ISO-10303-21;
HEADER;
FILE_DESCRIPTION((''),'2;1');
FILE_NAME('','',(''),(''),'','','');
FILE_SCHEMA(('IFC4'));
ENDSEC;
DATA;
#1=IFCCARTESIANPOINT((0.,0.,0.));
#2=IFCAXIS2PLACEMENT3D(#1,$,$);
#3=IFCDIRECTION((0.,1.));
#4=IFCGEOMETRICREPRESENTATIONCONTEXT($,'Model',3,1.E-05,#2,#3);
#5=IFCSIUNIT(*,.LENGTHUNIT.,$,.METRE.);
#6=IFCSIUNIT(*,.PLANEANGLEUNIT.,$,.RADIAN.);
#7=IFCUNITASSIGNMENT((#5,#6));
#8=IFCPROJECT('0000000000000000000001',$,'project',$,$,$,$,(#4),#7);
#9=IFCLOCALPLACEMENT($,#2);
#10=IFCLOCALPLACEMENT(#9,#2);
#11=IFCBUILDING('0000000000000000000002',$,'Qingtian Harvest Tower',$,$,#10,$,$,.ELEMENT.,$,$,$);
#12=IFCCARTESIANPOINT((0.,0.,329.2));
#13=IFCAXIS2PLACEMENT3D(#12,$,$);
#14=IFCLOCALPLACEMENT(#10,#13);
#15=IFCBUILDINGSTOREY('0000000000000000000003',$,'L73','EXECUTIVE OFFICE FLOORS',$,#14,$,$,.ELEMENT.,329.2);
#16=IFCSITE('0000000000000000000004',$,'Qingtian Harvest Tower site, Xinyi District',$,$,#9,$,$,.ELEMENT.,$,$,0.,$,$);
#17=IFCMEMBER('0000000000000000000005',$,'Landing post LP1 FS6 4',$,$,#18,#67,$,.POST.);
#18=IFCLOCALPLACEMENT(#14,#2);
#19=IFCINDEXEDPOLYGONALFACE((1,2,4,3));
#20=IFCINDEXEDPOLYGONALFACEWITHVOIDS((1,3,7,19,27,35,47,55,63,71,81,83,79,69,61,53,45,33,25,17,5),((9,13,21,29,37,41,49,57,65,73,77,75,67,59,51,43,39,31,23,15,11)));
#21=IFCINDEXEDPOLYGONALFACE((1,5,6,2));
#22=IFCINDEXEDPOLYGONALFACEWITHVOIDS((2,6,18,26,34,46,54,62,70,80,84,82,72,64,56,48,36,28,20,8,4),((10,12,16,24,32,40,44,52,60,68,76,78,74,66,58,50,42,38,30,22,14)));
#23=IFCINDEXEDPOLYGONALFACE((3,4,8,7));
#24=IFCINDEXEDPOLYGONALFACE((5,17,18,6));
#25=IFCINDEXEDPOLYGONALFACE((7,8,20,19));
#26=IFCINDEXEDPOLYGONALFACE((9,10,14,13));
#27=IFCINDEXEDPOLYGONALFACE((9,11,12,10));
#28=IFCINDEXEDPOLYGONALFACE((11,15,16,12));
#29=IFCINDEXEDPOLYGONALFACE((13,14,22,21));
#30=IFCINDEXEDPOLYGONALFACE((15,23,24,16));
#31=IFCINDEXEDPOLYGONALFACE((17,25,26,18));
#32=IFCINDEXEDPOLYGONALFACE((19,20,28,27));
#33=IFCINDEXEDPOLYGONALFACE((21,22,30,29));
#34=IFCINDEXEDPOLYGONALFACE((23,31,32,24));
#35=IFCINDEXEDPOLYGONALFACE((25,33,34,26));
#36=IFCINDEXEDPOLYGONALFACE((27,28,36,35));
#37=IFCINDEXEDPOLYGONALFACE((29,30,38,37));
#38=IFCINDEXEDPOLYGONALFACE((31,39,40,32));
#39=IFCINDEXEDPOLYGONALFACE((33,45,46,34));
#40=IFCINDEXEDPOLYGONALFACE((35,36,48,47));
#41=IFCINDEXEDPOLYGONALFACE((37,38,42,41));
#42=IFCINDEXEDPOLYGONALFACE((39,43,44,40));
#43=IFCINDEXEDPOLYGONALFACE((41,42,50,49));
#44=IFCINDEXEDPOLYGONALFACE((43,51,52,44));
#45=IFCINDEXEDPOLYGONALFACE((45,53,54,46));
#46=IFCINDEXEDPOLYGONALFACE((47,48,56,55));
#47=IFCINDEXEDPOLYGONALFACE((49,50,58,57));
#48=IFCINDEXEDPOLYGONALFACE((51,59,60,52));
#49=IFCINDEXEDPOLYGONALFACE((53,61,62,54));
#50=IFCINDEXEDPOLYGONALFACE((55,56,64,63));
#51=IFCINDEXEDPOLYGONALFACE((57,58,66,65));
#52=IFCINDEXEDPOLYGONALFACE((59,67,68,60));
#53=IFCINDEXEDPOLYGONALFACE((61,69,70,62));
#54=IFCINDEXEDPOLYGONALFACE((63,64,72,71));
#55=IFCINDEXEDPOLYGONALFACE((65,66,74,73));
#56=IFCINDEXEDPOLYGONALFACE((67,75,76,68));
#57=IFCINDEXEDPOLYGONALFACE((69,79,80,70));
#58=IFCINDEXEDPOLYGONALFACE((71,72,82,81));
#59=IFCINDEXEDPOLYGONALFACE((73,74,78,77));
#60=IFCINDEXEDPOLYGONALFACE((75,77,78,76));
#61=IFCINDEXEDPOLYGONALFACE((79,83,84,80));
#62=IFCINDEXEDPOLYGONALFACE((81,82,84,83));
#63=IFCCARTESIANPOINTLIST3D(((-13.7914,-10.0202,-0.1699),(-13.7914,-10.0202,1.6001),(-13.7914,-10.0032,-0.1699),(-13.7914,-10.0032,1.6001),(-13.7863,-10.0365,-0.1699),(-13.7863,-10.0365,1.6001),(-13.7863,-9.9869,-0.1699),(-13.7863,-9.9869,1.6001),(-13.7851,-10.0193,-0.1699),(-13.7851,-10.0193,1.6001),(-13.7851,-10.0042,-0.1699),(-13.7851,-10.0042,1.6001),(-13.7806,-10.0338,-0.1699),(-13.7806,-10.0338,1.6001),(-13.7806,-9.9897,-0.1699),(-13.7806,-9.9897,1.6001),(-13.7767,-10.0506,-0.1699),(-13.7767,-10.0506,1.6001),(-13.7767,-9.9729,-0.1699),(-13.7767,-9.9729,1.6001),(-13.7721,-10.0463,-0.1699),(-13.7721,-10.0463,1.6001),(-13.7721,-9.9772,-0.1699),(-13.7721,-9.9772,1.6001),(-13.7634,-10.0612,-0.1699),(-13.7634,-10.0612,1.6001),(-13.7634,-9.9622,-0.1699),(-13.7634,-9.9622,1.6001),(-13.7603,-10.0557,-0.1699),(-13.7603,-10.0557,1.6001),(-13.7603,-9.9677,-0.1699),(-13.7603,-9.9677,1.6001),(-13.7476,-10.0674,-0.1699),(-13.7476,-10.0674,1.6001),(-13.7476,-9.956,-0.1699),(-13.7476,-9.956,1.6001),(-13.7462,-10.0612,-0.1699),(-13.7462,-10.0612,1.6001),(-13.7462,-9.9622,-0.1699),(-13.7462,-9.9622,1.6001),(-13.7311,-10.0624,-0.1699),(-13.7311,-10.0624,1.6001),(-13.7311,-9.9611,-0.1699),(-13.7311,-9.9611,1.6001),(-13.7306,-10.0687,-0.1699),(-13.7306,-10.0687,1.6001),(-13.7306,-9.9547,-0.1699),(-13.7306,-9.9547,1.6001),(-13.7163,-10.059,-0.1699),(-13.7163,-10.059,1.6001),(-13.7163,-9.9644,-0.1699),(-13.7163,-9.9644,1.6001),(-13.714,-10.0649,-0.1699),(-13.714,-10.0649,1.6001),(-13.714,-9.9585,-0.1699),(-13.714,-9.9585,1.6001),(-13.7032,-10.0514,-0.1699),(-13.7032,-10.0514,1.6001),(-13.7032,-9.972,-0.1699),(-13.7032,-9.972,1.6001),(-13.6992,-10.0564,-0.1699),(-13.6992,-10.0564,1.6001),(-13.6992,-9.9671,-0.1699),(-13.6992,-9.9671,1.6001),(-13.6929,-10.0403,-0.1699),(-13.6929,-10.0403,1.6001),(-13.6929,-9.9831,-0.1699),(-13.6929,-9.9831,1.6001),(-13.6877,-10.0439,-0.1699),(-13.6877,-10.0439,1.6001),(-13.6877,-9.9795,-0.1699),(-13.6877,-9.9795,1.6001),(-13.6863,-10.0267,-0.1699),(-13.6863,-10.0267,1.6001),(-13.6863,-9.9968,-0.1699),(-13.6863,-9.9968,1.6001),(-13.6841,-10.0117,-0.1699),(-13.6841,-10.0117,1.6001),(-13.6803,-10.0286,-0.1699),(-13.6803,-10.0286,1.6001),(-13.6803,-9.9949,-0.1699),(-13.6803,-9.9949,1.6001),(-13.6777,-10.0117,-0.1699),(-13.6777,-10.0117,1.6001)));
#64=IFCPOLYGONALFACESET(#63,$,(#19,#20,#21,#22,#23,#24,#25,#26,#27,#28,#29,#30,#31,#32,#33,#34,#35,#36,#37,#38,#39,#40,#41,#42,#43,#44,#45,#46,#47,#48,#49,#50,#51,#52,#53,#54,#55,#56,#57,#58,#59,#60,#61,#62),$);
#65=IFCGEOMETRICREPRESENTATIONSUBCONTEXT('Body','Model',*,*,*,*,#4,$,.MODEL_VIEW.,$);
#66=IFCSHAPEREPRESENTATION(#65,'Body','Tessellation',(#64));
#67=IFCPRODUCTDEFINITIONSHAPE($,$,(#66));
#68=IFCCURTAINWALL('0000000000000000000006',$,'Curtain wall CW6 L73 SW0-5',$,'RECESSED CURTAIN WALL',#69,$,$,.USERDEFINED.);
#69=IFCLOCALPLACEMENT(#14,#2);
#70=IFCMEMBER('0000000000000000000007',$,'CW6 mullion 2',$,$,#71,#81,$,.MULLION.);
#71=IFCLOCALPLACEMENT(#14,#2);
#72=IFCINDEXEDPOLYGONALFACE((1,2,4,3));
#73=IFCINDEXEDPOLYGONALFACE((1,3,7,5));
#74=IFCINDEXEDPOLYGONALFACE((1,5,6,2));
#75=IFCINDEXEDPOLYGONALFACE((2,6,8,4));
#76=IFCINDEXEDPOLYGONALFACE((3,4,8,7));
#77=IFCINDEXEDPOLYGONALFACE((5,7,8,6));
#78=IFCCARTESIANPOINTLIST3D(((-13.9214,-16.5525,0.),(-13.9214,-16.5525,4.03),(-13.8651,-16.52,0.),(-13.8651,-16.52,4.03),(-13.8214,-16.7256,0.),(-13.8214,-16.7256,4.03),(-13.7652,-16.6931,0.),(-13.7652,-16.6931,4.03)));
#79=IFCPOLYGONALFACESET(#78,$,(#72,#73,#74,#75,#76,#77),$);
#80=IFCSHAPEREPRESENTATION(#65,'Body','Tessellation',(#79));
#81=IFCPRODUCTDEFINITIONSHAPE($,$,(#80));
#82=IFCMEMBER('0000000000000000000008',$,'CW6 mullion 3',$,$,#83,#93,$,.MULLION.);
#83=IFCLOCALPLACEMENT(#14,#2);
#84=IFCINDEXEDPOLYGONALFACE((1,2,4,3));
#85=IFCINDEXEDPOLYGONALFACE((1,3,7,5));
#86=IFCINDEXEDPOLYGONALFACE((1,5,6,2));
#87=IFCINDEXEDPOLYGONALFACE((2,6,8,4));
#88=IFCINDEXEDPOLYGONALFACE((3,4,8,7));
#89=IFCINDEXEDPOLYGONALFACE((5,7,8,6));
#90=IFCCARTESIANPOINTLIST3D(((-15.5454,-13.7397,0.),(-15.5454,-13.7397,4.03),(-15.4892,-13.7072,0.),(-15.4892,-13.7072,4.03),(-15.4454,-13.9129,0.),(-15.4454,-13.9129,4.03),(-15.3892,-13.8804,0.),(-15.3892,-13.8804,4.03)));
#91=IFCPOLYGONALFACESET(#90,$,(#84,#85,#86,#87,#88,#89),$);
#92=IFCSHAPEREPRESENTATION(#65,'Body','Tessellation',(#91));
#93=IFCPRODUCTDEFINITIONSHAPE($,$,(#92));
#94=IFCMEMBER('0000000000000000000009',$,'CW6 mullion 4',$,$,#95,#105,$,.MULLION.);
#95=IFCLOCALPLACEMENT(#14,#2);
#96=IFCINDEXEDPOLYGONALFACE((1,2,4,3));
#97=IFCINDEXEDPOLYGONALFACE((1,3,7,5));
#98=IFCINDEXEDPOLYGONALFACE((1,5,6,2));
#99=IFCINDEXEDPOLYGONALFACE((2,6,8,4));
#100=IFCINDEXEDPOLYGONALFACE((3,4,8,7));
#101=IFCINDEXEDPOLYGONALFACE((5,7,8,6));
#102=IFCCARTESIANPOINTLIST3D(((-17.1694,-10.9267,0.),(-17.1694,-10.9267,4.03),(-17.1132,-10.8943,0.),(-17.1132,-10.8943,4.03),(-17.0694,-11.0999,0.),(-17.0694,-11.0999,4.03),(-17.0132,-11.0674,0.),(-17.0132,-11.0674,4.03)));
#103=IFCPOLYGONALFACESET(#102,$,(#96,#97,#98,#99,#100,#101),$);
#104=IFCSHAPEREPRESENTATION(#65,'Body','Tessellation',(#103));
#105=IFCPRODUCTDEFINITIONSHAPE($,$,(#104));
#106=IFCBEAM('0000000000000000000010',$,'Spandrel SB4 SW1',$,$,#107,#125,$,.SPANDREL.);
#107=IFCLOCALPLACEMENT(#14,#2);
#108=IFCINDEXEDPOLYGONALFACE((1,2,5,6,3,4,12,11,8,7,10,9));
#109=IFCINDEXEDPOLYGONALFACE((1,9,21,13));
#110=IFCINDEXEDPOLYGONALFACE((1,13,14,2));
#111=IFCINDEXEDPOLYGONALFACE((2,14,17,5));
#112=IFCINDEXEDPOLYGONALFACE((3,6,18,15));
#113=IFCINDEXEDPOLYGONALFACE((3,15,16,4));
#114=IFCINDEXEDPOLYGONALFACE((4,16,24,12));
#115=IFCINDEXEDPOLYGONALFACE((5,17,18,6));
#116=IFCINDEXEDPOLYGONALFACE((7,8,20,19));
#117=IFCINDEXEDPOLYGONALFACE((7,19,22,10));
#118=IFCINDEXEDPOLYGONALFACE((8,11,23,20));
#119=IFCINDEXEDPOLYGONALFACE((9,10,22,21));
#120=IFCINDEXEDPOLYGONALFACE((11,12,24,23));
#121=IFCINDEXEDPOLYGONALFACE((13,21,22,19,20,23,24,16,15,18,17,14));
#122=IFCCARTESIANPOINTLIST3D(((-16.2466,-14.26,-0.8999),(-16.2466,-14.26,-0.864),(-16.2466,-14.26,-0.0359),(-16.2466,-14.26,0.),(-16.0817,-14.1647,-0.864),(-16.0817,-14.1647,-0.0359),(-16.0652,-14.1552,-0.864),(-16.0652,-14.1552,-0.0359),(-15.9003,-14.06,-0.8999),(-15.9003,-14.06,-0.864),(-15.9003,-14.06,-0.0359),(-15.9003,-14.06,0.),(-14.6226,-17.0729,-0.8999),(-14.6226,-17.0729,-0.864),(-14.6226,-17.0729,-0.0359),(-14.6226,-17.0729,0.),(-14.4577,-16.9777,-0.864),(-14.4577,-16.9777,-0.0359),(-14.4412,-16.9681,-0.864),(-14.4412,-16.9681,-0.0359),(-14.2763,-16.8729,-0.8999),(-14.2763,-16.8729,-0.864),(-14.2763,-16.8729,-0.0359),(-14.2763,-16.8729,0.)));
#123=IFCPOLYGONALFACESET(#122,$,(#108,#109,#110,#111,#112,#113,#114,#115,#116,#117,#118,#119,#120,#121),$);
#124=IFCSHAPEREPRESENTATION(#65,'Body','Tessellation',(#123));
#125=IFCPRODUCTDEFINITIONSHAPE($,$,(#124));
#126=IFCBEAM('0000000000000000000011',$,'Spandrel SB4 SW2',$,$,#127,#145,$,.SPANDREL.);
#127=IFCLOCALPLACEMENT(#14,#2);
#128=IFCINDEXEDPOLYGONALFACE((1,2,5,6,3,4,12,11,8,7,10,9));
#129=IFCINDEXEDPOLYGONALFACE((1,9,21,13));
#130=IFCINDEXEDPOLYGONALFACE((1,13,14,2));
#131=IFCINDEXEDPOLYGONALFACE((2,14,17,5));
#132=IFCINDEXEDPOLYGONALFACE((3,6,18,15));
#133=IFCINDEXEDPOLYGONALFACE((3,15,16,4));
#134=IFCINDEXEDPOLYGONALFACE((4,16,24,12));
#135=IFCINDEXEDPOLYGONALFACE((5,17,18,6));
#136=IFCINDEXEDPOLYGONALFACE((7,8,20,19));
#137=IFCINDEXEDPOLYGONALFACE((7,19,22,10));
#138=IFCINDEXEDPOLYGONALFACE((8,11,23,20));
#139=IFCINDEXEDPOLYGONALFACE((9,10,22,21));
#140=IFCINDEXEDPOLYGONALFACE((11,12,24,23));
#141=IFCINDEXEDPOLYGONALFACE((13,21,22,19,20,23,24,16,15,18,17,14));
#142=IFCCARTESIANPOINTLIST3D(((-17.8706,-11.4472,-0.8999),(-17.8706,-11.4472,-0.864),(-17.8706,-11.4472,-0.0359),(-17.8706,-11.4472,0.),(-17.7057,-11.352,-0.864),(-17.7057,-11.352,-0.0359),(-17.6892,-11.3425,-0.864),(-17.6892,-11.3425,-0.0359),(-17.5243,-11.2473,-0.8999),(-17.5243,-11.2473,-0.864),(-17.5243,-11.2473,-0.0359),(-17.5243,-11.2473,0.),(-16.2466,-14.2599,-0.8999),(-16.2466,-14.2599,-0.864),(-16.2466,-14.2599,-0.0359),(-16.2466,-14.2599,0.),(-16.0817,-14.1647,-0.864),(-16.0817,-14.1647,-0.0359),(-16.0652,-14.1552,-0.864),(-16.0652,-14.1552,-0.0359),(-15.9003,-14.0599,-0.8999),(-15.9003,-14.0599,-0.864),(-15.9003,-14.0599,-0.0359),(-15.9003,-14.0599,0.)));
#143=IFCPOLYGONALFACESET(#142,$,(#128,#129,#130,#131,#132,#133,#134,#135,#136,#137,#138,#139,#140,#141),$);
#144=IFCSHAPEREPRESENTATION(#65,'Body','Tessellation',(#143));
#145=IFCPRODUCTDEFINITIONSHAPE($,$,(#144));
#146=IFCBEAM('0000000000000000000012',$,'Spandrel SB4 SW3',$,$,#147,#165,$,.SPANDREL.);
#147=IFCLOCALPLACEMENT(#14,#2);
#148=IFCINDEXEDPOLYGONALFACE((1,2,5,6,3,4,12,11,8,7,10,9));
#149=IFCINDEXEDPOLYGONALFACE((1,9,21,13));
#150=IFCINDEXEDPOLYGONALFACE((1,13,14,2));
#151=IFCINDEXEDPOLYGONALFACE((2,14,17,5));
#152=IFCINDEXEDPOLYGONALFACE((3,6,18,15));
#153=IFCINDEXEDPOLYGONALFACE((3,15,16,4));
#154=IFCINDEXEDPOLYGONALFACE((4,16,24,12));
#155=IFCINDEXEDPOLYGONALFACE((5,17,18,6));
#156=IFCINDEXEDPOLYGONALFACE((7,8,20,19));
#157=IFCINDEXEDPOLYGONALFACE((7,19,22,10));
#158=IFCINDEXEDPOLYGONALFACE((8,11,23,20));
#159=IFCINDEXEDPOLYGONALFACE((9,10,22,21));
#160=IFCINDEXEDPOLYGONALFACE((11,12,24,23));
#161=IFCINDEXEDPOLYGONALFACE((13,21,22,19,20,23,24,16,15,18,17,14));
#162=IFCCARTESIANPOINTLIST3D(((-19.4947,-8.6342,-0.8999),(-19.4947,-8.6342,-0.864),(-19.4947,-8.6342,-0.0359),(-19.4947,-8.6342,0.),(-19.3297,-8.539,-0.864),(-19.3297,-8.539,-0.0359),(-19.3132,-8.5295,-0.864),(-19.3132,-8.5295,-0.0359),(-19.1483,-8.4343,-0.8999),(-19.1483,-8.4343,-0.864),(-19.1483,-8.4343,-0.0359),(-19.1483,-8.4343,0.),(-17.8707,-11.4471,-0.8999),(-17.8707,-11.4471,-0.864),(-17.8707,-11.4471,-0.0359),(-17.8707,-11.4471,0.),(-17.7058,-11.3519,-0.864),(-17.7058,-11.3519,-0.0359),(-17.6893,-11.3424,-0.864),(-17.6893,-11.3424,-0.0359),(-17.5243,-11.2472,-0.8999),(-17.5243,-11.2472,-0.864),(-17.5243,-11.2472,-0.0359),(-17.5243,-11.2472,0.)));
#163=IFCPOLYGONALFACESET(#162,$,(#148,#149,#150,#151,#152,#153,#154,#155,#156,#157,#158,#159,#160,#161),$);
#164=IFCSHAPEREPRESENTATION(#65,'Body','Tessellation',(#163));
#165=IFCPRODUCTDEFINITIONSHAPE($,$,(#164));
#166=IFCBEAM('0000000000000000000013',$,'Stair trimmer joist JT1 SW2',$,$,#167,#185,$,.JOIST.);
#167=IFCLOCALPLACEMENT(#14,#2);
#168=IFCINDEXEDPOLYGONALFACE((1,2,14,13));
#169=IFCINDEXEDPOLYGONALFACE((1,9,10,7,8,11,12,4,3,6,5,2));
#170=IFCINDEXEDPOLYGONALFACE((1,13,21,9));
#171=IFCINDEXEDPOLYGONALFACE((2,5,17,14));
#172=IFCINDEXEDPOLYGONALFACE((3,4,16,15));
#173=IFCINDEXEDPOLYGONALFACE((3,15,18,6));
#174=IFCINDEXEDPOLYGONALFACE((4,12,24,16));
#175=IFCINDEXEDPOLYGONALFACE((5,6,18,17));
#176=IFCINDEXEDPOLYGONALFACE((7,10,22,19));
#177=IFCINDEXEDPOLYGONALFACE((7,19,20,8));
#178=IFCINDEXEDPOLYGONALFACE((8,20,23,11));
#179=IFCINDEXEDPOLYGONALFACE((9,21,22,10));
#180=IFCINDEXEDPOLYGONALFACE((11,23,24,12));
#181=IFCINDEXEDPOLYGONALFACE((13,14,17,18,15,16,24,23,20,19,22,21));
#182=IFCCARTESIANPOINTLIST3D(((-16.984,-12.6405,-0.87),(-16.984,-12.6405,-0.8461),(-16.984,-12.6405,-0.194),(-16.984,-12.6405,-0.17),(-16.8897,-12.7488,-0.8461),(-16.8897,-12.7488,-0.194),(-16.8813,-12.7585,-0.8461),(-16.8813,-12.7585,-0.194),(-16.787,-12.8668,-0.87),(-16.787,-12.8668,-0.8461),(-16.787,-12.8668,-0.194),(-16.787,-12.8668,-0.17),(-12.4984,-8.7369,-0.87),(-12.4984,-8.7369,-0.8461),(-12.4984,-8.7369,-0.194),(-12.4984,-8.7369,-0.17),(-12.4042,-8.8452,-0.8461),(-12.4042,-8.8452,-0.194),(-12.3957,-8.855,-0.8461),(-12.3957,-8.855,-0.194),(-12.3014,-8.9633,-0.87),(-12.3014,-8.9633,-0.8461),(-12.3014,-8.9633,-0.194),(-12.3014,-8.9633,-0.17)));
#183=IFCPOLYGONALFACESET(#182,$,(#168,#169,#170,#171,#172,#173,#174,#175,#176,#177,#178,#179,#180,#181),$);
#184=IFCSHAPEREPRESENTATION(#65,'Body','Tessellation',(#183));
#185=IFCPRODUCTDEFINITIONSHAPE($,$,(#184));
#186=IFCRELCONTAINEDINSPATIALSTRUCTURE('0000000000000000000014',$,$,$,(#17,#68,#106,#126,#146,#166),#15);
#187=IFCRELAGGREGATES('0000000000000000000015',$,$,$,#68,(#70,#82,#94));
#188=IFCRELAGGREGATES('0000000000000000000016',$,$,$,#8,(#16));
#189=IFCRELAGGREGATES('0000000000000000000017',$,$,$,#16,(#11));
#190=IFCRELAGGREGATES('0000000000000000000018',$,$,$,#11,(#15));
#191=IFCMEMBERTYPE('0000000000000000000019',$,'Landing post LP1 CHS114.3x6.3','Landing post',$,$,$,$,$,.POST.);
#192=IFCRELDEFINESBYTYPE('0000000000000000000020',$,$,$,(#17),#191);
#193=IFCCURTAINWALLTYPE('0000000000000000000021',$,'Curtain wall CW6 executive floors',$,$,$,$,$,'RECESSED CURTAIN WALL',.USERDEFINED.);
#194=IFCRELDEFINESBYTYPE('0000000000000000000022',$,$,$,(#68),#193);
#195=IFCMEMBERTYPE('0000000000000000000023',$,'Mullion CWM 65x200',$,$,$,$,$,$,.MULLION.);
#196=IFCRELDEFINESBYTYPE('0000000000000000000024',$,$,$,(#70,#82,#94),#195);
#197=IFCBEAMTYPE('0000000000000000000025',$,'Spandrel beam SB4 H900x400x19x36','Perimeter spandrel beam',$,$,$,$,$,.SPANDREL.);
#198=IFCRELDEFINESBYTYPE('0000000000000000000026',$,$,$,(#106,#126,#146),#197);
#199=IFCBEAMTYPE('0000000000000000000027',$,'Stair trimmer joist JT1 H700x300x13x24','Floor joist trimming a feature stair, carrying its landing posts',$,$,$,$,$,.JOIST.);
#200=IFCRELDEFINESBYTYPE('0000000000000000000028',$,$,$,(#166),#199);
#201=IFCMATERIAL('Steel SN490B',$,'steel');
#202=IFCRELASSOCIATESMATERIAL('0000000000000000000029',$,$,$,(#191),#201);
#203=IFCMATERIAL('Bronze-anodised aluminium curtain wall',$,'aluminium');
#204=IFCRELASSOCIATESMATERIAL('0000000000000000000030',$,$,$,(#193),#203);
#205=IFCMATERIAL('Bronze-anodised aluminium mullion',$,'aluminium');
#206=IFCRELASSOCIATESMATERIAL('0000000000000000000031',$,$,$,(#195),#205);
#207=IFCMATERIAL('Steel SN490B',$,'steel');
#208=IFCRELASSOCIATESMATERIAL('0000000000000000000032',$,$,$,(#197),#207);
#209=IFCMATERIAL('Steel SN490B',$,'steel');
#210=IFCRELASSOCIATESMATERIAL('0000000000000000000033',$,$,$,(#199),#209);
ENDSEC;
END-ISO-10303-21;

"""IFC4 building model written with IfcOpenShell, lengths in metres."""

from ifc_helpers import new_model, si_unit, direction, frame, origin, origin_2d, place, context, subcontext, project, spatial, rectangle, hollow_circle, i_section, extrude, material, material_profile, profile_set, type_object, element, aggregate, save


model = new_model("IFC4")

# Units and contexts
model_context = context("Model", 3, precision=1e-05, world=origin(), true_north=direction((0.0, 1.0)))
body_context = subcontext(model_context, "Body", "Model", "MODEL_VIEW")
ifc_project = project(units=[si_unit("LENGTHUNIT", "METRE"), si_unit("PLANEANGLEUNIT", "RADIAN")], contexts=[model_context])

# Site, building, storey
site_placement = place(None, origin())
site = spatial("IfcSite", under=ifc_project, at=site_placement, Name="Qingtian Harvest Tower site, Xinyi District", CompositionType="ELEMENT", RefElevation=0.0)
building_placement = place(site_placement, origin())
building = spatial("IfcBuilding", under=site, at=building_placement, Name="Qingtian Harvest Tower", CompositionType="ELEMENT")
storey_placement = place(building_placement, frame((0.0, 0.0, 329.2)))
storey = spatial("IfcBuildingStorey", under=building, at=storey_placement, Name="L73", Description="EXECUTIVE OFFICE FLOORS", CompositionType="ELEMENT", Elevation=329.2)

# Member
ifc_material_1 = material(Name="Steel SN490B", Category="steel")
ifc_material_profile_1 = material_profile(ifc_material_1, hollow_circle(Radius=0.0571, WallThickness=0.0063, at=origin_2d()), Name="CHS114.3x6.3")
ifc_profile_set_1 = profile_set([ifc_material_profile_1], Name="Steel SN490B")
member_type_1 = type_object("IfcMemberType", Name="Landing post LP1 CHS114.3x6.3", Description="Landing post", PredefinedType="POST", material=ifc_profile_set_1)
for number, where, z_axis, x_axis, name in (
    (1, (-13.7349, -10.0117, -0.1699), (0.0, 0.0, 1.0), (1.0, 0.0, 0.0), "Landing post LP1 FS6 4"),
):
    element("IfcMember", number, at=place(storey_placement, frame(where, z_axis=z_axis, x_axis=x_axis)), inside=storey, type_object=member_type_1, Name=name, PredefinedType="POST", context=body_context, shape_type="SweptSolid", body=[
        extrude(hollow_circle(Radius=0.0571, WallThickness=0.0063, at=origin_2d()), origin(), (0.0, 0.0, 1.0), 1.77),
    ])

# Curtain wall, members
ifc_material_2 = material(Name="Bronze-anodised aluminium curtain wall", Category="aluminium")
curtain_wall_type = type_object("IfcCurtainWallType", Name="Curtain wall CW6 executive floors", ElementType="RECESSED CURTAIN WALL", PredefinedType="USERDEFINED", material=ifc_material_2)
curtain_wall_placement = place(storey_placement, origin())
curtain_wall = element("IfcCurtainWall", 2, at=curtain_wall_placement, inside=storey, type_object=curtain_wall_type, Name="Curtain wall CW6 L73 SW0-5", ObjectType="RECESSED CURTAIN WALL", PredefinedType="USERDEFINED")
ifc_material_3 = material(Name="Bronze-anodised aluminium mullion", Category="aluminium")
ifc_material_profile_2 = material_profile(ifc_material_3, rectangle(XDim=0.0649, YDim=0.2, at=origin_2d()), Name="AL 65x200")
ifc_profile_set_2 = profile_set([ifc_material_profile_2], Name="Bronze-anodised aluminium mullion")
member_type_2 = type_object("IfcMemberType", Name="Mullion CWM 65x200", PredefinedType="MULLION", material=ifc_profile_set_2)
member_1_placement = place(storey_placement, frame((-13.8433, -16.6228, 0.0), z_axis=(0.0, 0.0, 1.0), x_axis=(-0.866025, -0.5, 0.0)))
member_1 = element("IfcMember", 3, at=member_1_placement, type_object=member_type_2, Name="CW6 mullion 2", PredefinedType="MULLION", context=body_context, shape_type="SweptSolid", body=[
    extrude(rectangle(XDim=0.0649, YDim=0.2, at=origin_2d()), origin(), (0.0, 0.0, 1.0), 4.03),
])
member_2_placement = place(storey_placement, frame((-15.4673, -13.8101, 0.0), z_axis=(0.0, 0.0, 1.0), x_axis=(-0.866025, -0.5, 0.0)))
member_2 = element("IfcMember", 4, at=member_2_placement, type_object=member_type_2, Name="CW6 mullion 3", PredefinedType="MULLION", context=body_context, shape_type="SweptSolid", body=[
    extrude(rectangle(XDim=0.0649, YDim=0.2, at=origin_2d()), origin(), (0.0, 0.0, 1.0), 4.03),
])
member_3_placement = place(storey_placement, frame((-17.0913, -10.9971, 0.0), z_axis=(0.0, 0.0, 1.0), x_axis=(-0.866025, -0.5, 0.0)))
member_3 = element("IfcMember", 5, at=member_3_placement, type_object=member_type_2, Name="CW6 mullion 4", PredefinedType="MULLION", context=body_context, shape_type="SweptSolid", body=[
    extrude(rectangle(XDim=0.0649, YDim=0.2, at=origin_2d()), origin(), (0.0, 0.0, 1.0), 4.03),
])

# Beams
ifc_material_4 = material(Name="Steel SN490B", Category="steel")
ifc_material_profile_3 = material_profile(ifc_material_4, i_section(OverallWidth=0.3999, OverallDepth=0.8999, WebThickness=0.019, FlangeThickness=0.0359, at=origin_2d()), Name="H900x400x19x36")
ifc_profile_set_3 = profile_set([ifc_material_profile_3], Name="Steel SN490B")
beam_type_1 = type_object("IfcBeamType", Name="Spandrel beam SB4 H900x400x19x36", Description="Perimeter spandrel beam", PredefinedType="SPANDREL", material=ifc_profile_set_3)
beam_1_placement = place(storey_placement, frame((-14.4495, -16.9729, -0.45), z_axis=(-0.499987, 0.866033, 0.0), x_axis=(-0.866033, -0.499987, 0.0)))
element("IfcBeam", 6, at=beam_1_placement, inside=storey, type_object=beam_type_1, Name="Spandrel SB4 SW1", PredefinedType="SPANDREL", context=body_context, shape_type="SweptSolid", body=[
    extrude(i_section(OverallWidth=0.3999, OverallDepth=0.8999, WebThickness=0.019, FlangeThickness=0.0359, at=origin_2d()), origin(), (0.0, 0.0, 1.0), 3.248),
])
beam_2_placement = place(storey_placement, frame((-16.0735, -14.1599, -0.45), z_axis=(-0.50002, 0.866014, 0.0), x_axis=(-0.866014, -0.50002, 0.0)))
element("IfcBeam", 7, at=beam_2_placement, inside=storey, type_object=beam_type_1, Name="Spandrel SB4 SW2", PredefinedType="SPANDREL", context=body_context, shape_type="SweptSolid", body=[
    extrude(i_section(OverallWidth=0.3999, OverallDepth=0.8999, WebThickness=0.019, FlangeThickness=0.0359, at=origin_2d()), origin(), (0.0, 0.0, 1.0), 3.2478),
])
beam_3_placement = place(storey_placement, frame((-17.6975, -11.3472, -0.45), z_axis=(-0.499987, 0.866033, 0.0), x_axis=(-0.866033, -0.499987, 0.0)))
element("IfcBeam", 8, at=beam_3_placement, inside=storey, type_object=beam_type_1, Name="Spandrel SB4 SW3", PredefinedType="SPANDREL", context=body_context, shape_type="SweptSolid", body=[
    extrude(i_section(OverallWidth=0.3999, OverallDepth=0.8999, WebThickness=0.019, FlangeThickness=0.0359, at=origin_2d()), origin(), (0.0, 0.0, 1.0), 3.248),
])
ifc_material_5 = material(Name="Steel SN490B", Category="steel")
ifc_material_profile_4 = material_profile(ifc_material_5, i_section(OverallWidth=0.3, OverallDepth=0.7, WebThickness=0.0129, FlangeThickness=0.0239, at=origin_2d()), Name="H700x300x13x24")
ifc_profile_set_4 = profile_set([ifc_material_profile_4], Name="Steel SN490B")
beam_type_2 = type_object("IfcBeamType", Name="Stair trimmer joist JT1 H700x300x13x24", Description="Floor joist trimming a feature stair, carrying its landing posts", PredefinedType="JOIST", material=ifc_profile_set_4)
beam_4_placement = place(storey_placement, frame((-16.8855, -12.7537, -0.52), z_axis=(0.754352, 0.65647, 0.0), x_axis=(-0.65647, 0.754352, 0.0)))
element("IfcBeam", 9, at=beam_4_placement, inside=storey, type_object=beam_type_2, Name="Stair trimmer joist JT1 SW2", PredefinedType="JOIST", context=body_context, shape_type="SweptSolid", body=[
    extrude(i_section(OverallWidth=0.3, OverallDepth=0.7, WebThickness=0.0129, FlangeThickness=0.0239, at=origin_2d()), origin(), (0.0, 0.0, 1.0), 5.9463),
])

aggregate(curtain_wall, [member_1, member_2, member_3])

save(model, "model.ifc")
